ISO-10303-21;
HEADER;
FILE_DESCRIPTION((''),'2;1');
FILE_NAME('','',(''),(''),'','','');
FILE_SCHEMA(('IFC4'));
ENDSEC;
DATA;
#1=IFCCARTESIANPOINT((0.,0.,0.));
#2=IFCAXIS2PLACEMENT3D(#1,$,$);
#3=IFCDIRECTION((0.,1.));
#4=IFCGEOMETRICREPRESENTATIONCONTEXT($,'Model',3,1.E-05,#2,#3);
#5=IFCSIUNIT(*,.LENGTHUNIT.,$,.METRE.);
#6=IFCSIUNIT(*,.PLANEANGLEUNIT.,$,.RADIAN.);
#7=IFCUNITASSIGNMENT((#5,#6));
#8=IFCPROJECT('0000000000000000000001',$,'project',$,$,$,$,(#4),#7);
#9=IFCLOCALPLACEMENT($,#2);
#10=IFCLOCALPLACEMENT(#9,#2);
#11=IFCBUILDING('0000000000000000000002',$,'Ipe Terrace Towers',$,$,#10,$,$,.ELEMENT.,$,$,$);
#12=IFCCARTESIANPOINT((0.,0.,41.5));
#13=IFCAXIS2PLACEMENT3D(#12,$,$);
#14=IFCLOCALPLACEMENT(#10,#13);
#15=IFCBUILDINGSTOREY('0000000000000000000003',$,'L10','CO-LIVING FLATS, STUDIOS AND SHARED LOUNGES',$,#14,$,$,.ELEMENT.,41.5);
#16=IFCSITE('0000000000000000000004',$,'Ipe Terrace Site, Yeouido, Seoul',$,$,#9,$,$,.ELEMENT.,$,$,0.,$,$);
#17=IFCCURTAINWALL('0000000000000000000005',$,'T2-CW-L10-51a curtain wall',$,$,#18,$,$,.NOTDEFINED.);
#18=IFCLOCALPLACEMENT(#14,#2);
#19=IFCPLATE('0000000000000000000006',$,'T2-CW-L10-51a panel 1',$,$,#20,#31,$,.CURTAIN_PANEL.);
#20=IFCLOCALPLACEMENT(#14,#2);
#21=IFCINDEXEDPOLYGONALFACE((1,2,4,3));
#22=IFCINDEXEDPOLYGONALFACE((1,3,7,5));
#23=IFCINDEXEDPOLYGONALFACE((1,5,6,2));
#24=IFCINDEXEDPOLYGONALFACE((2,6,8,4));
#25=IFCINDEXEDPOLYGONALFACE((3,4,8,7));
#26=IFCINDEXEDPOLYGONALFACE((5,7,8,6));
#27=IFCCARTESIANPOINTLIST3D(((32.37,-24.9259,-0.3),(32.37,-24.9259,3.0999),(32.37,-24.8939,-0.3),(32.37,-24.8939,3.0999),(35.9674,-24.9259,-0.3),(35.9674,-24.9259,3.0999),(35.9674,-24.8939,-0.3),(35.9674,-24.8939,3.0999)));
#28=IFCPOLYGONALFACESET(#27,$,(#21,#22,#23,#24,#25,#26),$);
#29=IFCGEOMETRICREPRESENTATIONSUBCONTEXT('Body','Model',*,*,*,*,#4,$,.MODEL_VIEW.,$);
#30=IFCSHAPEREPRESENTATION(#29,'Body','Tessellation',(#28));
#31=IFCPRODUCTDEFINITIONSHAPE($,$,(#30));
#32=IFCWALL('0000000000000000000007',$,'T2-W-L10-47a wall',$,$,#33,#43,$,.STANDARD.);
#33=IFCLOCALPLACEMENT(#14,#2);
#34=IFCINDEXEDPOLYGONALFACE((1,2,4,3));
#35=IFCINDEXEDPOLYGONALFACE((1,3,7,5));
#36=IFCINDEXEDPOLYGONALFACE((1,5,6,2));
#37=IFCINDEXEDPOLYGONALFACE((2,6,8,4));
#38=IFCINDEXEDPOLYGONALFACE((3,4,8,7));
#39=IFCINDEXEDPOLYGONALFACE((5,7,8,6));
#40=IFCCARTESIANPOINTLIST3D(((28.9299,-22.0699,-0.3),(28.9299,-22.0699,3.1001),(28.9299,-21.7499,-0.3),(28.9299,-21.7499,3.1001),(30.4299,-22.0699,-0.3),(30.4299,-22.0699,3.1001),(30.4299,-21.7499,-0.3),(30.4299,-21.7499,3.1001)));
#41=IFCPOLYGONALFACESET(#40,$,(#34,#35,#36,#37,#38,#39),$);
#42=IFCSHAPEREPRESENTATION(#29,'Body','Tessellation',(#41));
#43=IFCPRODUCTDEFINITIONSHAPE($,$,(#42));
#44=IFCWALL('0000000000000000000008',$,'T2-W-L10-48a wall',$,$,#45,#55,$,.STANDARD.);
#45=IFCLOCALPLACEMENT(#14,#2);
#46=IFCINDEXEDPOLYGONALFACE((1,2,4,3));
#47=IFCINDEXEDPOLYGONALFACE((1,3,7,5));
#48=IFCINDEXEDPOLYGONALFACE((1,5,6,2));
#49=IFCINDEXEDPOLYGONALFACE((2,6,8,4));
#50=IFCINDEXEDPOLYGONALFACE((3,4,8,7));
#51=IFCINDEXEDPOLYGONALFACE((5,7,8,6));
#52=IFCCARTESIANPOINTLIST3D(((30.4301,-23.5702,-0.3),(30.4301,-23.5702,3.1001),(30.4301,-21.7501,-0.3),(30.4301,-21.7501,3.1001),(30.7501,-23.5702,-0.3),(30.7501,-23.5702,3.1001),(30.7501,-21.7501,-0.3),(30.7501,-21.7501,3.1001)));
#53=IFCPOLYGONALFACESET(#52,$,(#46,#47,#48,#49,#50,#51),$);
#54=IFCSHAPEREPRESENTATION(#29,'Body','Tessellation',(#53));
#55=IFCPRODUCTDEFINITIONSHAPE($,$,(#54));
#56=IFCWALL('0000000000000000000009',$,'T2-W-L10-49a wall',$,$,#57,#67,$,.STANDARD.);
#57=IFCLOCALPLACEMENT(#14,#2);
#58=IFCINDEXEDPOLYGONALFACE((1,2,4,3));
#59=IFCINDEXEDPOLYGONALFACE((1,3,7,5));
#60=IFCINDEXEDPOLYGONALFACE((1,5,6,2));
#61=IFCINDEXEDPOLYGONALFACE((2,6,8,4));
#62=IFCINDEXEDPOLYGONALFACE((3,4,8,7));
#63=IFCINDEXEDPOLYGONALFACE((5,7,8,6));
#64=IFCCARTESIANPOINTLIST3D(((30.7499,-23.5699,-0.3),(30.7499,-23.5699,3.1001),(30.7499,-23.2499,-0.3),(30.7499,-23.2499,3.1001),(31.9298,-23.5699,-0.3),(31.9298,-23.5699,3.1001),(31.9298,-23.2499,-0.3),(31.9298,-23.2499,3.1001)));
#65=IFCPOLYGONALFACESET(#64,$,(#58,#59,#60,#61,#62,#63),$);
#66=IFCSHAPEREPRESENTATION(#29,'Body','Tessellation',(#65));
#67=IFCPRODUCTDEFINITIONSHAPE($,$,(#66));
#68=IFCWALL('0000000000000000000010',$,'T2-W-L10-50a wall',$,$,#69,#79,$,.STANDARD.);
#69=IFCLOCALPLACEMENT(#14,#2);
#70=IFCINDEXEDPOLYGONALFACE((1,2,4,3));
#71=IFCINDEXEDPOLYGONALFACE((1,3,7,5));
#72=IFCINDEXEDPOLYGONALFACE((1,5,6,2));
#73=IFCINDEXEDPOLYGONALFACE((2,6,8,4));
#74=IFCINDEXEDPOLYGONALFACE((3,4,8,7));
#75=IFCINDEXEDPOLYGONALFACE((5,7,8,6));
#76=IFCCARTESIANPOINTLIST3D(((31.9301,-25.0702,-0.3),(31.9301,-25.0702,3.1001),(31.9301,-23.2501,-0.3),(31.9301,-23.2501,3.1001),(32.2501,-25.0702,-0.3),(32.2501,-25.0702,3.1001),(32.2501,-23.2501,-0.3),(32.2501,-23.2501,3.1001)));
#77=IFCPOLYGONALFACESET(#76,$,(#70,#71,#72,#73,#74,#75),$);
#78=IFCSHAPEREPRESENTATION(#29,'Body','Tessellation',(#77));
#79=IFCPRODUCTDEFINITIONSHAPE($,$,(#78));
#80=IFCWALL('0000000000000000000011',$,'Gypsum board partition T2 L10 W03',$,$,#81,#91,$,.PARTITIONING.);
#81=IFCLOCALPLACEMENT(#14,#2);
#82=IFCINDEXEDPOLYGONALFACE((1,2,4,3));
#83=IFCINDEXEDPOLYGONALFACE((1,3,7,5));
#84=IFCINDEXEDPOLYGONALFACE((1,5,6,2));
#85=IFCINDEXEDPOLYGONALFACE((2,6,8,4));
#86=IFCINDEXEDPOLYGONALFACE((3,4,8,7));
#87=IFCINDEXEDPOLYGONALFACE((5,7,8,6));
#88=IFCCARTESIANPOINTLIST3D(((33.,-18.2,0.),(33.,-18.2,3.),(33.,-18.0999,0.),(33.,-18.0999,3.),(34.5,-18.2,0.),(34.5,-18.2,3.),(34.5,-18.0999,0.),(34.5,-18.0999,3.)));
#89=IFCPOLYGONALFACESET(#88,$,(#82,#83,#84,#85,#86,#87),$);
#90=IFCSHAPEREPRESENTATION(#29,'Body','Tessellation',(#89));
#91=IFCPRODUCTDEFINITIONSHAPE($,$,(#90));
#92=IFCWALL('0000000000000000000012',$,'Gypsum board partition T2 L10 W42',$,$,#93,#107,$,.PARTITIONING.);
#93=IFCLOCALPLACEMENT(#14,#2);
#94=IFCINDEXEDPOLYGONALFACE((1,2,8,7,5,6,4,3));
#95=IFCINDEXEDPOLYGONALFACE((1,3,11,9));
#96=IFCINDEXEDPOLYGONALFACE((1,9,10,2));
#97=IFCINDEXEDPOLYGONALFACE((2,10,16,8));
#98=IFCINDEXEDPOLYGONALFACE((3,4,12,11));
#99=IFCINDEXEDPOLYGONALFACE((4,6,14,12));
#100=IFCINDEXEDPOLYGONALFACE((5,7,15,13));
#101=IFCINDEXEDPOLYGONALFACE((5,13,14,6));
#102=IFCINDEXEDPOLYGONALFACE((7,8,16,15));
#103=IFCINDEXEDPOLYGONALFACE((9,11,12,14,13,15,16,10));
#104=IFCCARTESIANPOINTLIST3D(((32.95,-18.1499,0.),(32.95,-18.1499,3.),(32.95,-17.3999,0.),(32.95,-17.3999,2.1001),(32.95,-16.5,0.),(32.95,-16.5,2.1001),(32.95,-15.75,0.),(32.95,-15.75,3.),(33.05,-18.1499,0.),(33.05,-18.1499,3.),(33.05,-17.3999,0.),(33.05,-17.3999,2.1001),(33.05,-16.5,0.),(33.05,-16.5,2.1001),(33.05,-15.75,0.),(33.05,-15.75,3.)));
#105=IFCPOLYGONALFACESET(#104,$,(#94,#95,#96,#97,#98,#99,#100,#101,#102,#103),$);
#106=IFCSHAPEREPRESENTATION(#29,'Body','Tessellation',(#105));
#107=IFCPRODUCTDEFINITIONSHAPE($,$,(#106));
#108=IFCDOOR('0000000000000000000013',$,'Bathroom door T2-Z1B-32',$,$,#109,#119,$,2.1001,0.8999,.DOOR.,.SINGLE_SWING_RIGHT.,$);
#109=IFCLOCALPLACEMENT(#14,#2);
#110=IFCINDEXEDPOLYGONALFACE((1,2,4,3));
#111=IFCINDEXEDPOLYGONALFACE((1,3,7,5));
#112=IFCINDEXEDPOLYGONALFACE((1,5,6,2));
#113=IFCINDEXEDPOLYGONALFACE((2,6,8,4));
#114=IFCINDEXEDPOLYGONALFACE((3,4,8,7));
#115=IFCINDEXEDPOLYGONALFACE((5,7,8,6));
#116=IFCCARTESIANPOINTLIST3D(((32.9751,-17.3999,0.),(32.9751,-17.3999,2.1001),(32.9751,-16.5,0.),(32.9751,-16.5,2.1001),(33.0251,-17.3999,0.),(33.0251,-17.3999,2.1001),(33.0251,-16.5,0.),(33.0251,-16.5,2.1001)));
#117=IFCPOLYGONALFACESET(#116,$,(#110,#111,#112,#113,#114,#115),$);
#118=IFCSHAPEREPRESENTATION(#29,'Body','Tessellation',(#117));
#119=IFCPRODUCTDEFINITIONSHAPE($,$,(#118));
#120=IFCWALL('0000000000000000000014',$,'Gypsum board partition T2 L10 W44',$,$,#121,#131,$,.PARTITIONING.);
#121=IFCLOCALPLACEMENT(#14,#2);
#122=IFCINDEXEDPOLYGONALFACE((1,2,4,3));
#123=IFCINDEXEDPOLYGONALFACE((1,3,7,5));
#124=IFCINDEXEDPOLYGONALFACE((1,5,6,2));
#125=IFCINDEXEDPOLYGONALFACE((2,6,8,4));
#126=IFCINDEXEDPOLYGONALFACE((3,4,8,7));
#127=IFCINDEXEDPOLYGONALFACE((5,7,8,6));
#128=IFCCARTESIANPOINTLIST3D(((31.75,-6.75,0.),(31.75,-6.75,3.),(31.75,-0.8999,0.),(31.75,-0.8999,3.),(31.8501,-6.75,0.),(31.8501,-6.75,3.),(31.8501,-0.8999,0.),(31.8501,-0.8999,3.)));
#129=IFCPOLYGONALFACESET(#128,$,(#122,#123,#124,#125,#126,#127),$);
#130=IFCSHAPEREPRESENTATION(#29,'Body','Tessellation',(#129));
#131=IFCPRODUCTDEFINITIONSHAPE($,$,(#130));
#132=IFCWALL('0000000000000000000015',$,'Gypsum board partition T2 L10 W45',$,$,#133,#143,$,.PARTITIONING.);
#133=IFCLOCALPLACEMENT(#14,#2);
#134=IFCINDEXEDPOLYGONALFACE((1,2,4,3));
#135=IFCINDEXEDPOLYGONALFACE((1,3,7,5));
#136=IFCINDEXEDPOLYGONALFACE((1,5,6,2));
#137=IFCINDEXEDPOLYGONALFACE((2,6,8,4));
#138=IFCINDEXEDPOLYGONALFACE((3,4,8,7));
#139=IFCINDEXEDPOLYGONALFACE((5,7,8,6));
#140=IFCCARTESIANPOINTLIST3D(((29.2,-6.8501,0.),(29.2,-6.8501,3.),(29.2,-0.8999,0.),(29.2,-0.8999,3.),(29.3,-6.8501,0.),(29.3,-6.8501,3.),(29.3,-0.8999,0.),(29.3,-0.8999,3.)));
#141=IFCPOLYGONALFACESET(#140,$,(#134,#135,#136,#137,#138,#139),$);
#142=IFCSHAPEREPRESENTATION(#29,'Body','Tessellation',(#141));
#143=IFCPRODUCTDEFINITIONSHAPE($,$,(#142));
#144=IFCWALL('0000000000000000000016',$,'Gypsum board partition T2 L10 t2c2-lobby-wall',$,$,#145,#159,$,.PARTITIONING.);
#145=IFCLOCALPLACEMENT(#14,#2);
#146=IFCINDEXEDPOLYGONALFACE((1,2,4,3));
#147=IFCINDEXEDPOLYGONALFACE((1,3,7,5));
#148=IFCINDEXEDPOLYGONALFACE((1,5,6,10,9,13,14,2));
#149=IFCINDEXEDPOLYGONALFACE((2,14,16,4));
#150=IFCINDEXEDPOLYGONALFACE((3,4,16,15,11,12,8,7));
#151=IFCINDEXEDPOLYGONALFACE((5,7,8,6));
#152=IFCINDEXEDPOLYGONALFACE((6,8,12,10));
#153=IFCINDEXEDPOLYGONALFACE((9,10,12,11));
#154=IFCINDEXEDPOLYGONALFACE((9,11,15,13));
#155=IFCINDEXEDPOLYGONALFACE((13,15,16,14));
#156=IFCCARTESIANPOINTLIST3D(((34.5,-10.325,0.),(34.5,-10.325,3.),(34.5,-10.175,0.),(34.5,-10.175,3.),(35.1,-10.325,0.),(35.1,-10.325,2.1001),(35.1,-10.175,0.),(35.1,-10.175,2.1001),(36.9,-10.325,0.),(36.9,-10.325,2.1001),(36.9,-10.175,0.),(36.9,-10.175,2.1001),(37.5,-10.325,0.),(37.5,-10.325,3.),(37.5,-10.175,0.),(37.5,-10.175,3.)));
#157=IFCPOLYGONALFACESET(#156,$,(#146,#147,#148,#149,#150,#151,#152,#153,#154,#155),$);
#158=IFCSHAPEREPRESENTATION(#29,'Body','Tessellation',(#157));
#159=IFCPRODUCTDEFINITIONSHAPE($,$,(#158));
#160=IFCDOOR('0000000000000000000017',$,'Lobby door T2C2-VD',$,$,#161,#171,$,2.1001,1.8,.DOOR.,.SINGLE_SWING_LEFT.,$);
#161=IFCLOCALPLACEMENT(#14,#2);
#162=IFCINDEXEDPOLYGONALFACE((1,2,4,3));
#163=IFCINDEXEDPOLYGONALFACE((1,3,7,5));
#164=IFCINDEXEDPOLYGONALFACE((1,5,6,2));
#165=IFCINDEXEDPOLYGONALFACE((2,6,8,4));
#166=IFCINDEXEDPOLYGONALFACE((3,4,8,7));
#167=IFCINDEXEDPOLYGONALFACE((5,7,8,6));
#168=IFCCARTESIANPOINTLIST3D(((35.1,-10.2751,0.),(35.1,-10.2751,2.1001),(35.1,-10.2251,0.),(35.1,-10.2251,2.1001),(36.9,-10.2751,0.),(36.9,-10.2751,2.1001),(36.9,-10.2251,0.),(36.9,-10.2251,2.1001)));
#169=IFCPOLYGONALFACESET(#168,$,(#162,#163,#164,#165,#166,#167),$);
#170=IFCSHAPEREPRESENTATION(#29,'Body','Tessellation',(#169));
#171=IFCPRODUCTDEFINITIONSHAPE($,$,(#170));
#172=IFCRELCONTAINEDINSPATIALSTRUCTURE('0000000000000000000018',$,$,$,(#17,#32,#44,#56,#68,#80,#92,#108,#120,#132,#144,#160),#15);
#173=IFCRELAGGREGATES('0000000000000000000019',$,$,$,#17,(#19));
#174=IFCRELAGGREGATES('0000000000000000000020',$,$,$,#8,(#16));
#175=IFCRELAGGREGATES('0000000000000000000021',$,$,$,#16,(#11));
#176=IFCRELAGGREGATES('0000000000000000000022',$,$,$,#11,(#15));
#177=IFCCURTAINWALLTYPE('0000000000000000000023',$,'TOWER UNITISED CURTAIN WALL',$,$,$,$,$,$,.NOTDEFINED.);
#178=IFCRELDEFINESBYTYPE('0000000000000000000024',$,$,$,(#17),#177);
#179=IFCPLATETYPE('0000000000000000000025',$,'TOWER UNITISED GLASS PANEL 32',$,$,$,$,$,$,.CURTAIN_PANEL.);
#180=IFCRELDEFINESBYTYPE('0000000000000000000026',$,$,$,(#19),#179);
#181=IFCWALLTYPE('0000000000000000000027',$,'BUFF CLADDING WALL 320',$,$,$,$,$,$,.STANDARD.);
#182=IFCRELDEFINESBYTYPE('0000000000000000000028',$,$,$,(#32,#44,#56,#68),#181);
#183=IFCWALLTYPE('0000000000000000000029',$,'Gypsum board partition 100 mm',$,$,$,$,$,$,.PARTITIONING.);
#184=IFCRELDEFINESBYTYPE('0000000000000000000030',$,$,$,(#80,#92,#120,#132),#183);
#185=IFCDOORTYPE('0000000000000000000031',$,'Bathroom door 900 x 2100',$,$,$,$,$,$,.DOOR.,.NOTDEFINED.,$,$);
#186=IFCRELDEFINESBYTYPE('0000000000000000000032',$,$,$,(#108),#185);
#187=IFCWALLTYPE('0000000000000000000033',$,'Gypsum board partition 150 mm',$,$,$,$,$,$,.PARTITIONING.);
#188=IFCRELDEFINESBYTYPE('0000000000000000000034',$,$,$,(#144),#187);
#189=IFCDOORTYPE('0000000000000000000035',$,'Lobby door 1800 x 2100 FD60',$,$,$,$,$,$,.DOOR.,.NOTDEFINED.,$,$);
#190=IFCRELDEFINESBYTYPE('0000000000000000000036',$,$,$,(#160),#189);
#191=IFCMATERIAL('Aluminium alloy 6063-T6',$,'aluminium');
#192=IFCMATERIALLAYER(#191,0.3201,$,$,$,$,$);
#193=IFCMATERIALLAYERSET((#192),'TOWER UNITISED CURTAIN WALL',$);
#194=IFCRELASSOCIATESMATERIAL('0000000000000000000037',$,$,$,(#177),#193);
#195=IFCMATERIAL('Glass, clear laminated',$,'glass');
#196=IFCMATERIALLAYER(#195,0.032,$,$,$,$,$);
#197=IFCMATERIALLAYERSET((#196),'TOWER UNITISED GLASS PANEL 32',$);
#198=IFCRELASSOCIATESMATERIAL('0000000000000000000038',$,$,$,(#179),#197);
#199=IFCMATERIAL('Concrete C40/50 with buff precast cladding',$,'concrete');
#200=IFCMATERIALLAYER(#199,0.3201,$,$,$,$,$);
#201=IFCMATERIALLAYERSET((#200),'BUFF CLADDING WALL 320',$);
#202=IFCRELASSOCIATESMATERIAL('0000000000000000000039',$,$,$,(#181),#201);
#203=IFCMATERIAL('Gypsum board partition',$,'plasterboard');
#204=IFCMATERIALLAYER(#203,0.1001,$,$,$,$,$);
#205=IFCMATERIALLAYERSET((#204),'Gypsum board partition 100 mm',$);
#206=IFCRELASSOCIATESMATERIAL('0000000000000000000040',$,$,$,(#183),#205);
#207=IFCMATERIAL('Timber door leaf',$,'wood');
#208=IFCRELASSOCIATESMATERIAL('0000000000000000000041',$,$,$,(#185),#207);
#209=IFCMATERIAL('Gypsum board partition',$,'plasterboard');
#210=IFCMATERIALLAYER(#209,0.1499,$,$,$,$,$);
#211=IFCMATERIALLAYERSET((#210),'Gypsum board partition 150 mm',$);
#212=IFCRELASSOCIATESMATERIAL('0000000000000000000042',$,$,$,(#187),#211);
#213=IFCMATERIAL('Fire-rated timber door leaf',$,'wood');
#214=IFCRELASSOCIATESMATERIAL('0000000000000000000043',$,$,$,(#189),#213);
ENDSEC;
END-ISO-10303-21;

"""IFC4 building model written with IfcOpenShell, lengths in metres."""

from ifc_helpers import new_model, si_unit, direction, frame, frame_2d, origin, origin_2d, place, context, subcontext, project, spatial, rectangle, extrude, material, layer, layer_set, type_object, element, fill, aggregate, save


model = new_model("IFC4")

# Units and contexts
model_context = context("Model", 3, precision=1e-05, world=origin(), true_north=direction((0.0, 1.0)))
body_context = subcontext(model_context, "Body", "Model", "MODEL_VIEW")
ifc_project = project(units=[si_unit("LENGTHUNIT", "METRE"), si_unit("PLANEANGLEUNIT", "RADIAN")], contexts=[model_context])

# Site, building, storey
site_placement = place(None, origin())
site = spatial("IfcSite", under=ifc_project, at=site_placement, Name="Ipe Terrace Site, Yeouido, Seoul", CompositionType="ELEMENT", RefElevation=0.0)
building_placement = place(site_placement, origin())
building = spatial("IfcBuilding", under=site, at=building_placement, Name="Ipe Terrace Towers", CompositionType="ELEMENT")
storey_placement = place(building_placement, frame((0.0, 0.0, 41.5)))
storey = spatial("IfcBuildingStorey", under=building, at=storey_placement, Name="L10", Description="CO-LIVING FLATS, STUDIOS AND SHARED LOUNGES", CompositionType="ELEMENT", Elevation=41.5)

# Shared definitions
ifc_material_1 = material(Name="Aluminium alloy 6063-T6", Category="aluminium")
ifc_layer_1 = layer(ifc_material_1, 0.3201)
ifc_layer_set_1 = layer_set([ifc_layer_1], Name="TOWER UNITISED CURTAIN WALL")
curtain_wall_type = type_object("IfcCurtainWallType", Name="TOWER UNITISED CURTAIN WALL", PredefinedType="NOTDEFINED", material=ifc_layer_set_1)

# Curtain wall
curtain_wall_1_placement = place(storey_placement, origin())
curtain_wall_1 = element("IfcCurtainWall", 1, at=curtain_wall_1_placement, inside=storey, type_object=curtain_wall_type, Name="T2-CW-L10-51a curtain wall", PredefinedType="NOTDEFINED")

# Plate
ifc_material_2 = material(Name="Glass, clear laminated", Category="glass")
ifc_layer_2 = layer(ifc_material_2, 0.032)
ifc_layer_set_2 = layer_set([ifc_layer_2], Name="TOWER UNITISED GLASS PANEL 32")
plate_type = type_object("IfcPlateType", Name="TOWER UNITISED GLASS PANEL 32", PredefinedType="CURTAIN_PANEL", material=ifc_layer_set_2)
plate_1_placement = place(storey_placement, frame((34.1687, -24.9099, -0.3), z_axis=(0.0, 0.0, 1.0), x_axis=(1.0, 0.0, 0.0)))
plate_1 = element("IfcPlate", 2, at=plate_1_placement, type_object=plate_type, Name="T2-CW-L10-51a panel 1", PredefinedType="CURTAIN_PANEL", context=body_context, shape_type="SweptSolid", body=[
    extrude(rectangle(XDim=3.5974, YDim=0.032, at=origin_2d()), origin(), (0.0, 0.0, 1.0), 3.3999),
])
aggregate(curtain_wall_1, [plate_1])

# Walls
ifc_material_3 = material(Name="Concrete C40/50 with buff precast cladding", Category="concrete")
ifc_layer_3 = layer(ifc_material_3, 0.3201)
ifc_layer_set_3 = layer_set([ifc_layer_3], Name="BUFF CLADDING WALL 320")
wall_type_1 = type_object("IfcWallType", Name="BUFF CLADDING WALL 320", PredefinedType="STANDARD", material=ifc_layer_set_3)
wall_1_placement = place(storey_placement, frame((28.9299, -21.9099, -0.3), z_axis=(0.0, 0.0, 1.0), x_axis=(1.0, 0.0, 0.0)))
element("IfcWall", 3, at=wall_1_placement, inside=storey, type_object=wall_type_1, Name="T2-W-L10-47a wall", PredefinedType="STANDARD", context=body_context, shape_type="SweptSolid", body=[
    extrude(rectangle(XDim=1.5, YDim=0.3201, at=frame_2d((0.75, 0.0))), origin(), (0.0, 0.0, 1.0), 3.4001),
])
wall_2_placement = place(storey_placement, frame((30.5901, -21.75, -0.3), z_axis=(0.0, 0.0, 1.0), x_axis=(0.0, -1.0, 0.0)))
element("IfcWall", 4, at=wall_2_placement, inside=storey, type_object=wall_type_1, Name="T2-W-L10-48a wall", PredefinedType="STANDARD", context=body_context, shape_type="SweptSolid", body=[
    extrude(rectangle(XDim=1.8201, YDim=0.3201, at=frame_2d((0.9102, 0.0))), origin(), (0.0, 0.0, 1.0), 3.4001),
])
wall_3_placement = place(storey_placement, frame((30.75, -23.4099, -0.3), z_axis=(0.0, 0.0, 1.0), x_axis=(1.0, 0.0, 0.0)))
element("IfcWall", 5, at=wall_3_placement, inside=storey, type_object=wall_type_1, Name="T2-W-L10-49a wall", PredefinedType="STANDARD", context=body_context, shape_type="SweptSolid", body=[
    extrude(rectangle(XDim=1.1799, YDim=0.3201, at=frame_2d((0.5898, 0.0))), origin(), (0.0, 0.0, 1.0), 3.4001),
])
wall_4_placement = place(storey_placement, frame((32.0901, -23.25, -0.3), z_axis=(0.0, 0.0, 1.0), x_axis=(0.0, -1.0, 0.0)))
element("IfcWall", 6, at=wall_4_placement, inside=storey, type_object=wall_type_1, Name="T2-W-L10-50a wall", PredefinedType="STANDARD", context=body_context, shape_type="SweptSolid", body=[
    extrude(rectangle(XDim=1.8201, YDim=0.3201, at=frame_2d((0.9102, 0.0))), origin(), (0.0, 0.0, 1.0), 3.4001),
])
ifc_material_4 = material(Name="Gypsum board partition", Category="plasterboard")
ifc_layer_4 = layer(ifc_material_4, 0.1001)
ifc_layer_set_4 = layer_set([ifc_layer_4], Name="Gypsum board partition 100 mm")
wall_type_2 = type_object("IfcWallType", Name="Gypsum board partition 100 mm", PredefinedType="PARTITIONING", material=ifc_layer_set_4)
wall_5_placement = place(storey_placement, frame((34.5, -18.1499, 0.0), z_axis=(0.0, 0.0, 1.0), x_axis=(-1.0, 0.0, 0.0)))
element("IfcWall", 7, at=wall_5_placement, inside=storey, type_object=wall_type_2, Name="Gypsum board partition T2 L10 W03", PredefinedType="PARTITIONING", context=body_context, shape_type="SweptSolid", body=[
    extrude(rectangle(XDim=1.5, YDim=0.1001, at=frame_2d((0.75, 0.0))), origin(), (0.0, 0.0, 1.0), 3.0),
])

# Wall, opening, door
wall_6_placement = place(storey_placement, frame((33.0, -18.1499, 0.0), z_axis=(0.0, 0.0, 1.0), x_axis=(0.0, 1.0, 0.0)))
wall_6 = element("IfcWall", 8, at=wall_6_placement, inside=storey, type_object=wall_type_2, Name="Gypsum board partition T2 L10 W42", PredefinedType="PARTITIONING", context=body_context, shape_type="SweptSolid", body=[
    extrude(rectangle(XDim=2.3999, YDim=0.1001, at=frame_2d((1.2, 0.0))), origin(), (0.0, 0.0, 1.0), 3.0),
])
opening_1_placement = place(wall_6_placement, frame((0.75, 0.0, 0.0)))
opening_1 = element("IfcOpeningElement", 9, at=opening_1_placement, cuts=wall_6, PredefinedType="OPENING", context=body_context, shape_type="SweptSolid", body=[
    extrude(rectangle(XDim=0.8999, YDim=2.1001, at=frame_2d((0.45, 1.05))), frame((0.0, 0.0601, 0.0), z_axis=(0.0, -1.0, 0.0), x_axis=(1.0, 0.0, 0.0)), (0.0, 0.0, 1.0), 0.1201),
])
ifc_material_5 = material(Name="Timber door leaf", Category="wood")
door_type_1 = type_object("IfcDoorType", Name="Bathroom door 900 x 2100", OperationType="NOTDEFINED", PredefinedType="DOOR", material=ifc_material_5)
door_1_placement = place(opening_1_placement, origin())
door_1 = element("IfcDoor", 10, at=door_1_placement, inside=storey, type_object=door_type_1, Name="Bathroom door T2-Z1B-32", OperationType="SINGLE_SWING_RIGHT", OverallHeight=2.1001, OverallWidth=0.8999, PredefinedType="DOOR", context=body_context, shape_type="SweptSolid", body=[
    extrude(rectangle(XDim=0.8999, YDim=2.1001, at=frame_2d((0.45, 1.05))), frame((0.0, 0.0249, 0.0), z_axis=(0.0, -1.0, 0.0), x_axis=(1.0, 0.0, 0.0)), (0.0, 0.0, 1.0), 0.05),
])
fill(opening_1, door_1)

# Walls
wall_7_placement = place(storey_placement, frame((31.8, -6.75, 0.0), z_axis=(0.0, 0.0, 1.0), x_axis=(0.0, 1.0, 0.0)))
element("IfcWall", 11, at=wall_7_placement, inside=storey, type_object=wall_type_2, Name="Gypsum board partition T2 L10 W44", PredefinedType="PARTITIONING", context=body_context, shape_type="SweptSolid", body=[
    extrude(rectangle(XDim=5.8501, YDim=0.1001, at=frame_2d((2.925, 0.0))), origin(), (0.0, 0.0, 1.0), 3.0),
])
wall_8_placement = place(storey_placement, frame((29.25, -6.8501, 0.0), z_axis=(0.0, 0.0, 1.0), x_axis=(0.0, 1.0, 0.0)))
element("IfcWall", 12, at=wall_8_placement, inside=storey, type_object=wall_type_2, Name="Gypsum board partition T2 L10 W45", PredefinedType="PARTITIONING", context=body_context, shape_type="SweptSolid", body=[
    extrude(rectangle(XDim=5.9502, YDim=0.1001, at=frame_2d((2.9751, 0.0))), origin(), (0.0, 0.0, 1.0), 3.0),
])

# Wall, opening, door
ifc_material_6 = material(Name="Gypsum board partition", Category="plasterboard")
ifc_layer_5 = layer(ifc_material_6, 0.1499)
ifc_layer_set_5 = layer_set([ifc_layer_5], Name="Gypsum board partition 150 mm")
wall_type_3 = type_object("IfcWallType", Name="Gypsum board partition 150 mm", PredefinedType="PARTITIONING", material=ifc_layer_set_5)
wall_9_placement = place(storey_placement, frame((34.5, -10.25, 0.0), z_axis=(0.0, 0.0, 1.0), x_axis=(1.0, 0.0, 0.0)))
wall_9 = element("IfcWall", 13, at=wall_9_placement, inside=storey, type_object=wall_type_3, Name="Gypsum board partition T2 L10 t2c2-lobby-wall", PredefinedType="PARTITIONING", context=body_context, shape_type="SweptSolid", body=[
    extrude(rectangle(XDim=3.0, YDim=0.1499, at=frame_2d((1.5, 0.0))), origin(), (0.0, 0.0, 1.0), 3.0),
])
opening_2_placement = place(wall_9_placement, frame((0.6001, 0.0, 0.0)))
opening_2 = element("IfcOpeningElement", 14, at=opening_2_placement, cuts=wall_9, PredefinedType="OPENING", context=body_context, shape_type="SweptSolid", body=[
    extrude(rectangle(XDim=1.8, YDim=2.1001, at=frame_2d((0.8999, 1.05))), frame((0.0, 0.085, 0.0), z_axis=(0.0, -1.0, 0.0), x_axis=(1.0, 0.0, 0.0)), (0.0, 0.0, 1.0), 0.1699),
])
ifc_material_7 = material(Name="Fire-rated timber door leaf", Category="wood")
door_type_2 = type_object("IfcDoorType", Name="Lobby door 1800 x 2100 FD60", OperationType="NOTDEFINED", PredefinedType="DOOR", material=ifc_material_7)
door_2_placement = place(opening_2_placement, origin())
door_2 = element("IfcDoor", 15, at=door_2_placement, inside=storey, type_object=door_type_2, Name="Lobby door T2C2-VD", OperationType="SINGLE_SWING_LEFT", OverallHeight=2.1001, OverallWidth=1.8, PredefinedType="DOOR", context=body_context, shape_type="SweptSolid", body=[
    extrude(rectangle(XDim=1.8, YDim=2.1001, at=frame_2d((0.8999, 1.05))), frame((0.0, 0.0249, 0.0), z_axis=(0.0, -1.0, 0.0), x_axis=(1.0, 0.0, 0.0)), (0.0, 0.0, 1.0), 0.05),
])
fill(opening_2, door_2)

save(model, "model.ifc")
